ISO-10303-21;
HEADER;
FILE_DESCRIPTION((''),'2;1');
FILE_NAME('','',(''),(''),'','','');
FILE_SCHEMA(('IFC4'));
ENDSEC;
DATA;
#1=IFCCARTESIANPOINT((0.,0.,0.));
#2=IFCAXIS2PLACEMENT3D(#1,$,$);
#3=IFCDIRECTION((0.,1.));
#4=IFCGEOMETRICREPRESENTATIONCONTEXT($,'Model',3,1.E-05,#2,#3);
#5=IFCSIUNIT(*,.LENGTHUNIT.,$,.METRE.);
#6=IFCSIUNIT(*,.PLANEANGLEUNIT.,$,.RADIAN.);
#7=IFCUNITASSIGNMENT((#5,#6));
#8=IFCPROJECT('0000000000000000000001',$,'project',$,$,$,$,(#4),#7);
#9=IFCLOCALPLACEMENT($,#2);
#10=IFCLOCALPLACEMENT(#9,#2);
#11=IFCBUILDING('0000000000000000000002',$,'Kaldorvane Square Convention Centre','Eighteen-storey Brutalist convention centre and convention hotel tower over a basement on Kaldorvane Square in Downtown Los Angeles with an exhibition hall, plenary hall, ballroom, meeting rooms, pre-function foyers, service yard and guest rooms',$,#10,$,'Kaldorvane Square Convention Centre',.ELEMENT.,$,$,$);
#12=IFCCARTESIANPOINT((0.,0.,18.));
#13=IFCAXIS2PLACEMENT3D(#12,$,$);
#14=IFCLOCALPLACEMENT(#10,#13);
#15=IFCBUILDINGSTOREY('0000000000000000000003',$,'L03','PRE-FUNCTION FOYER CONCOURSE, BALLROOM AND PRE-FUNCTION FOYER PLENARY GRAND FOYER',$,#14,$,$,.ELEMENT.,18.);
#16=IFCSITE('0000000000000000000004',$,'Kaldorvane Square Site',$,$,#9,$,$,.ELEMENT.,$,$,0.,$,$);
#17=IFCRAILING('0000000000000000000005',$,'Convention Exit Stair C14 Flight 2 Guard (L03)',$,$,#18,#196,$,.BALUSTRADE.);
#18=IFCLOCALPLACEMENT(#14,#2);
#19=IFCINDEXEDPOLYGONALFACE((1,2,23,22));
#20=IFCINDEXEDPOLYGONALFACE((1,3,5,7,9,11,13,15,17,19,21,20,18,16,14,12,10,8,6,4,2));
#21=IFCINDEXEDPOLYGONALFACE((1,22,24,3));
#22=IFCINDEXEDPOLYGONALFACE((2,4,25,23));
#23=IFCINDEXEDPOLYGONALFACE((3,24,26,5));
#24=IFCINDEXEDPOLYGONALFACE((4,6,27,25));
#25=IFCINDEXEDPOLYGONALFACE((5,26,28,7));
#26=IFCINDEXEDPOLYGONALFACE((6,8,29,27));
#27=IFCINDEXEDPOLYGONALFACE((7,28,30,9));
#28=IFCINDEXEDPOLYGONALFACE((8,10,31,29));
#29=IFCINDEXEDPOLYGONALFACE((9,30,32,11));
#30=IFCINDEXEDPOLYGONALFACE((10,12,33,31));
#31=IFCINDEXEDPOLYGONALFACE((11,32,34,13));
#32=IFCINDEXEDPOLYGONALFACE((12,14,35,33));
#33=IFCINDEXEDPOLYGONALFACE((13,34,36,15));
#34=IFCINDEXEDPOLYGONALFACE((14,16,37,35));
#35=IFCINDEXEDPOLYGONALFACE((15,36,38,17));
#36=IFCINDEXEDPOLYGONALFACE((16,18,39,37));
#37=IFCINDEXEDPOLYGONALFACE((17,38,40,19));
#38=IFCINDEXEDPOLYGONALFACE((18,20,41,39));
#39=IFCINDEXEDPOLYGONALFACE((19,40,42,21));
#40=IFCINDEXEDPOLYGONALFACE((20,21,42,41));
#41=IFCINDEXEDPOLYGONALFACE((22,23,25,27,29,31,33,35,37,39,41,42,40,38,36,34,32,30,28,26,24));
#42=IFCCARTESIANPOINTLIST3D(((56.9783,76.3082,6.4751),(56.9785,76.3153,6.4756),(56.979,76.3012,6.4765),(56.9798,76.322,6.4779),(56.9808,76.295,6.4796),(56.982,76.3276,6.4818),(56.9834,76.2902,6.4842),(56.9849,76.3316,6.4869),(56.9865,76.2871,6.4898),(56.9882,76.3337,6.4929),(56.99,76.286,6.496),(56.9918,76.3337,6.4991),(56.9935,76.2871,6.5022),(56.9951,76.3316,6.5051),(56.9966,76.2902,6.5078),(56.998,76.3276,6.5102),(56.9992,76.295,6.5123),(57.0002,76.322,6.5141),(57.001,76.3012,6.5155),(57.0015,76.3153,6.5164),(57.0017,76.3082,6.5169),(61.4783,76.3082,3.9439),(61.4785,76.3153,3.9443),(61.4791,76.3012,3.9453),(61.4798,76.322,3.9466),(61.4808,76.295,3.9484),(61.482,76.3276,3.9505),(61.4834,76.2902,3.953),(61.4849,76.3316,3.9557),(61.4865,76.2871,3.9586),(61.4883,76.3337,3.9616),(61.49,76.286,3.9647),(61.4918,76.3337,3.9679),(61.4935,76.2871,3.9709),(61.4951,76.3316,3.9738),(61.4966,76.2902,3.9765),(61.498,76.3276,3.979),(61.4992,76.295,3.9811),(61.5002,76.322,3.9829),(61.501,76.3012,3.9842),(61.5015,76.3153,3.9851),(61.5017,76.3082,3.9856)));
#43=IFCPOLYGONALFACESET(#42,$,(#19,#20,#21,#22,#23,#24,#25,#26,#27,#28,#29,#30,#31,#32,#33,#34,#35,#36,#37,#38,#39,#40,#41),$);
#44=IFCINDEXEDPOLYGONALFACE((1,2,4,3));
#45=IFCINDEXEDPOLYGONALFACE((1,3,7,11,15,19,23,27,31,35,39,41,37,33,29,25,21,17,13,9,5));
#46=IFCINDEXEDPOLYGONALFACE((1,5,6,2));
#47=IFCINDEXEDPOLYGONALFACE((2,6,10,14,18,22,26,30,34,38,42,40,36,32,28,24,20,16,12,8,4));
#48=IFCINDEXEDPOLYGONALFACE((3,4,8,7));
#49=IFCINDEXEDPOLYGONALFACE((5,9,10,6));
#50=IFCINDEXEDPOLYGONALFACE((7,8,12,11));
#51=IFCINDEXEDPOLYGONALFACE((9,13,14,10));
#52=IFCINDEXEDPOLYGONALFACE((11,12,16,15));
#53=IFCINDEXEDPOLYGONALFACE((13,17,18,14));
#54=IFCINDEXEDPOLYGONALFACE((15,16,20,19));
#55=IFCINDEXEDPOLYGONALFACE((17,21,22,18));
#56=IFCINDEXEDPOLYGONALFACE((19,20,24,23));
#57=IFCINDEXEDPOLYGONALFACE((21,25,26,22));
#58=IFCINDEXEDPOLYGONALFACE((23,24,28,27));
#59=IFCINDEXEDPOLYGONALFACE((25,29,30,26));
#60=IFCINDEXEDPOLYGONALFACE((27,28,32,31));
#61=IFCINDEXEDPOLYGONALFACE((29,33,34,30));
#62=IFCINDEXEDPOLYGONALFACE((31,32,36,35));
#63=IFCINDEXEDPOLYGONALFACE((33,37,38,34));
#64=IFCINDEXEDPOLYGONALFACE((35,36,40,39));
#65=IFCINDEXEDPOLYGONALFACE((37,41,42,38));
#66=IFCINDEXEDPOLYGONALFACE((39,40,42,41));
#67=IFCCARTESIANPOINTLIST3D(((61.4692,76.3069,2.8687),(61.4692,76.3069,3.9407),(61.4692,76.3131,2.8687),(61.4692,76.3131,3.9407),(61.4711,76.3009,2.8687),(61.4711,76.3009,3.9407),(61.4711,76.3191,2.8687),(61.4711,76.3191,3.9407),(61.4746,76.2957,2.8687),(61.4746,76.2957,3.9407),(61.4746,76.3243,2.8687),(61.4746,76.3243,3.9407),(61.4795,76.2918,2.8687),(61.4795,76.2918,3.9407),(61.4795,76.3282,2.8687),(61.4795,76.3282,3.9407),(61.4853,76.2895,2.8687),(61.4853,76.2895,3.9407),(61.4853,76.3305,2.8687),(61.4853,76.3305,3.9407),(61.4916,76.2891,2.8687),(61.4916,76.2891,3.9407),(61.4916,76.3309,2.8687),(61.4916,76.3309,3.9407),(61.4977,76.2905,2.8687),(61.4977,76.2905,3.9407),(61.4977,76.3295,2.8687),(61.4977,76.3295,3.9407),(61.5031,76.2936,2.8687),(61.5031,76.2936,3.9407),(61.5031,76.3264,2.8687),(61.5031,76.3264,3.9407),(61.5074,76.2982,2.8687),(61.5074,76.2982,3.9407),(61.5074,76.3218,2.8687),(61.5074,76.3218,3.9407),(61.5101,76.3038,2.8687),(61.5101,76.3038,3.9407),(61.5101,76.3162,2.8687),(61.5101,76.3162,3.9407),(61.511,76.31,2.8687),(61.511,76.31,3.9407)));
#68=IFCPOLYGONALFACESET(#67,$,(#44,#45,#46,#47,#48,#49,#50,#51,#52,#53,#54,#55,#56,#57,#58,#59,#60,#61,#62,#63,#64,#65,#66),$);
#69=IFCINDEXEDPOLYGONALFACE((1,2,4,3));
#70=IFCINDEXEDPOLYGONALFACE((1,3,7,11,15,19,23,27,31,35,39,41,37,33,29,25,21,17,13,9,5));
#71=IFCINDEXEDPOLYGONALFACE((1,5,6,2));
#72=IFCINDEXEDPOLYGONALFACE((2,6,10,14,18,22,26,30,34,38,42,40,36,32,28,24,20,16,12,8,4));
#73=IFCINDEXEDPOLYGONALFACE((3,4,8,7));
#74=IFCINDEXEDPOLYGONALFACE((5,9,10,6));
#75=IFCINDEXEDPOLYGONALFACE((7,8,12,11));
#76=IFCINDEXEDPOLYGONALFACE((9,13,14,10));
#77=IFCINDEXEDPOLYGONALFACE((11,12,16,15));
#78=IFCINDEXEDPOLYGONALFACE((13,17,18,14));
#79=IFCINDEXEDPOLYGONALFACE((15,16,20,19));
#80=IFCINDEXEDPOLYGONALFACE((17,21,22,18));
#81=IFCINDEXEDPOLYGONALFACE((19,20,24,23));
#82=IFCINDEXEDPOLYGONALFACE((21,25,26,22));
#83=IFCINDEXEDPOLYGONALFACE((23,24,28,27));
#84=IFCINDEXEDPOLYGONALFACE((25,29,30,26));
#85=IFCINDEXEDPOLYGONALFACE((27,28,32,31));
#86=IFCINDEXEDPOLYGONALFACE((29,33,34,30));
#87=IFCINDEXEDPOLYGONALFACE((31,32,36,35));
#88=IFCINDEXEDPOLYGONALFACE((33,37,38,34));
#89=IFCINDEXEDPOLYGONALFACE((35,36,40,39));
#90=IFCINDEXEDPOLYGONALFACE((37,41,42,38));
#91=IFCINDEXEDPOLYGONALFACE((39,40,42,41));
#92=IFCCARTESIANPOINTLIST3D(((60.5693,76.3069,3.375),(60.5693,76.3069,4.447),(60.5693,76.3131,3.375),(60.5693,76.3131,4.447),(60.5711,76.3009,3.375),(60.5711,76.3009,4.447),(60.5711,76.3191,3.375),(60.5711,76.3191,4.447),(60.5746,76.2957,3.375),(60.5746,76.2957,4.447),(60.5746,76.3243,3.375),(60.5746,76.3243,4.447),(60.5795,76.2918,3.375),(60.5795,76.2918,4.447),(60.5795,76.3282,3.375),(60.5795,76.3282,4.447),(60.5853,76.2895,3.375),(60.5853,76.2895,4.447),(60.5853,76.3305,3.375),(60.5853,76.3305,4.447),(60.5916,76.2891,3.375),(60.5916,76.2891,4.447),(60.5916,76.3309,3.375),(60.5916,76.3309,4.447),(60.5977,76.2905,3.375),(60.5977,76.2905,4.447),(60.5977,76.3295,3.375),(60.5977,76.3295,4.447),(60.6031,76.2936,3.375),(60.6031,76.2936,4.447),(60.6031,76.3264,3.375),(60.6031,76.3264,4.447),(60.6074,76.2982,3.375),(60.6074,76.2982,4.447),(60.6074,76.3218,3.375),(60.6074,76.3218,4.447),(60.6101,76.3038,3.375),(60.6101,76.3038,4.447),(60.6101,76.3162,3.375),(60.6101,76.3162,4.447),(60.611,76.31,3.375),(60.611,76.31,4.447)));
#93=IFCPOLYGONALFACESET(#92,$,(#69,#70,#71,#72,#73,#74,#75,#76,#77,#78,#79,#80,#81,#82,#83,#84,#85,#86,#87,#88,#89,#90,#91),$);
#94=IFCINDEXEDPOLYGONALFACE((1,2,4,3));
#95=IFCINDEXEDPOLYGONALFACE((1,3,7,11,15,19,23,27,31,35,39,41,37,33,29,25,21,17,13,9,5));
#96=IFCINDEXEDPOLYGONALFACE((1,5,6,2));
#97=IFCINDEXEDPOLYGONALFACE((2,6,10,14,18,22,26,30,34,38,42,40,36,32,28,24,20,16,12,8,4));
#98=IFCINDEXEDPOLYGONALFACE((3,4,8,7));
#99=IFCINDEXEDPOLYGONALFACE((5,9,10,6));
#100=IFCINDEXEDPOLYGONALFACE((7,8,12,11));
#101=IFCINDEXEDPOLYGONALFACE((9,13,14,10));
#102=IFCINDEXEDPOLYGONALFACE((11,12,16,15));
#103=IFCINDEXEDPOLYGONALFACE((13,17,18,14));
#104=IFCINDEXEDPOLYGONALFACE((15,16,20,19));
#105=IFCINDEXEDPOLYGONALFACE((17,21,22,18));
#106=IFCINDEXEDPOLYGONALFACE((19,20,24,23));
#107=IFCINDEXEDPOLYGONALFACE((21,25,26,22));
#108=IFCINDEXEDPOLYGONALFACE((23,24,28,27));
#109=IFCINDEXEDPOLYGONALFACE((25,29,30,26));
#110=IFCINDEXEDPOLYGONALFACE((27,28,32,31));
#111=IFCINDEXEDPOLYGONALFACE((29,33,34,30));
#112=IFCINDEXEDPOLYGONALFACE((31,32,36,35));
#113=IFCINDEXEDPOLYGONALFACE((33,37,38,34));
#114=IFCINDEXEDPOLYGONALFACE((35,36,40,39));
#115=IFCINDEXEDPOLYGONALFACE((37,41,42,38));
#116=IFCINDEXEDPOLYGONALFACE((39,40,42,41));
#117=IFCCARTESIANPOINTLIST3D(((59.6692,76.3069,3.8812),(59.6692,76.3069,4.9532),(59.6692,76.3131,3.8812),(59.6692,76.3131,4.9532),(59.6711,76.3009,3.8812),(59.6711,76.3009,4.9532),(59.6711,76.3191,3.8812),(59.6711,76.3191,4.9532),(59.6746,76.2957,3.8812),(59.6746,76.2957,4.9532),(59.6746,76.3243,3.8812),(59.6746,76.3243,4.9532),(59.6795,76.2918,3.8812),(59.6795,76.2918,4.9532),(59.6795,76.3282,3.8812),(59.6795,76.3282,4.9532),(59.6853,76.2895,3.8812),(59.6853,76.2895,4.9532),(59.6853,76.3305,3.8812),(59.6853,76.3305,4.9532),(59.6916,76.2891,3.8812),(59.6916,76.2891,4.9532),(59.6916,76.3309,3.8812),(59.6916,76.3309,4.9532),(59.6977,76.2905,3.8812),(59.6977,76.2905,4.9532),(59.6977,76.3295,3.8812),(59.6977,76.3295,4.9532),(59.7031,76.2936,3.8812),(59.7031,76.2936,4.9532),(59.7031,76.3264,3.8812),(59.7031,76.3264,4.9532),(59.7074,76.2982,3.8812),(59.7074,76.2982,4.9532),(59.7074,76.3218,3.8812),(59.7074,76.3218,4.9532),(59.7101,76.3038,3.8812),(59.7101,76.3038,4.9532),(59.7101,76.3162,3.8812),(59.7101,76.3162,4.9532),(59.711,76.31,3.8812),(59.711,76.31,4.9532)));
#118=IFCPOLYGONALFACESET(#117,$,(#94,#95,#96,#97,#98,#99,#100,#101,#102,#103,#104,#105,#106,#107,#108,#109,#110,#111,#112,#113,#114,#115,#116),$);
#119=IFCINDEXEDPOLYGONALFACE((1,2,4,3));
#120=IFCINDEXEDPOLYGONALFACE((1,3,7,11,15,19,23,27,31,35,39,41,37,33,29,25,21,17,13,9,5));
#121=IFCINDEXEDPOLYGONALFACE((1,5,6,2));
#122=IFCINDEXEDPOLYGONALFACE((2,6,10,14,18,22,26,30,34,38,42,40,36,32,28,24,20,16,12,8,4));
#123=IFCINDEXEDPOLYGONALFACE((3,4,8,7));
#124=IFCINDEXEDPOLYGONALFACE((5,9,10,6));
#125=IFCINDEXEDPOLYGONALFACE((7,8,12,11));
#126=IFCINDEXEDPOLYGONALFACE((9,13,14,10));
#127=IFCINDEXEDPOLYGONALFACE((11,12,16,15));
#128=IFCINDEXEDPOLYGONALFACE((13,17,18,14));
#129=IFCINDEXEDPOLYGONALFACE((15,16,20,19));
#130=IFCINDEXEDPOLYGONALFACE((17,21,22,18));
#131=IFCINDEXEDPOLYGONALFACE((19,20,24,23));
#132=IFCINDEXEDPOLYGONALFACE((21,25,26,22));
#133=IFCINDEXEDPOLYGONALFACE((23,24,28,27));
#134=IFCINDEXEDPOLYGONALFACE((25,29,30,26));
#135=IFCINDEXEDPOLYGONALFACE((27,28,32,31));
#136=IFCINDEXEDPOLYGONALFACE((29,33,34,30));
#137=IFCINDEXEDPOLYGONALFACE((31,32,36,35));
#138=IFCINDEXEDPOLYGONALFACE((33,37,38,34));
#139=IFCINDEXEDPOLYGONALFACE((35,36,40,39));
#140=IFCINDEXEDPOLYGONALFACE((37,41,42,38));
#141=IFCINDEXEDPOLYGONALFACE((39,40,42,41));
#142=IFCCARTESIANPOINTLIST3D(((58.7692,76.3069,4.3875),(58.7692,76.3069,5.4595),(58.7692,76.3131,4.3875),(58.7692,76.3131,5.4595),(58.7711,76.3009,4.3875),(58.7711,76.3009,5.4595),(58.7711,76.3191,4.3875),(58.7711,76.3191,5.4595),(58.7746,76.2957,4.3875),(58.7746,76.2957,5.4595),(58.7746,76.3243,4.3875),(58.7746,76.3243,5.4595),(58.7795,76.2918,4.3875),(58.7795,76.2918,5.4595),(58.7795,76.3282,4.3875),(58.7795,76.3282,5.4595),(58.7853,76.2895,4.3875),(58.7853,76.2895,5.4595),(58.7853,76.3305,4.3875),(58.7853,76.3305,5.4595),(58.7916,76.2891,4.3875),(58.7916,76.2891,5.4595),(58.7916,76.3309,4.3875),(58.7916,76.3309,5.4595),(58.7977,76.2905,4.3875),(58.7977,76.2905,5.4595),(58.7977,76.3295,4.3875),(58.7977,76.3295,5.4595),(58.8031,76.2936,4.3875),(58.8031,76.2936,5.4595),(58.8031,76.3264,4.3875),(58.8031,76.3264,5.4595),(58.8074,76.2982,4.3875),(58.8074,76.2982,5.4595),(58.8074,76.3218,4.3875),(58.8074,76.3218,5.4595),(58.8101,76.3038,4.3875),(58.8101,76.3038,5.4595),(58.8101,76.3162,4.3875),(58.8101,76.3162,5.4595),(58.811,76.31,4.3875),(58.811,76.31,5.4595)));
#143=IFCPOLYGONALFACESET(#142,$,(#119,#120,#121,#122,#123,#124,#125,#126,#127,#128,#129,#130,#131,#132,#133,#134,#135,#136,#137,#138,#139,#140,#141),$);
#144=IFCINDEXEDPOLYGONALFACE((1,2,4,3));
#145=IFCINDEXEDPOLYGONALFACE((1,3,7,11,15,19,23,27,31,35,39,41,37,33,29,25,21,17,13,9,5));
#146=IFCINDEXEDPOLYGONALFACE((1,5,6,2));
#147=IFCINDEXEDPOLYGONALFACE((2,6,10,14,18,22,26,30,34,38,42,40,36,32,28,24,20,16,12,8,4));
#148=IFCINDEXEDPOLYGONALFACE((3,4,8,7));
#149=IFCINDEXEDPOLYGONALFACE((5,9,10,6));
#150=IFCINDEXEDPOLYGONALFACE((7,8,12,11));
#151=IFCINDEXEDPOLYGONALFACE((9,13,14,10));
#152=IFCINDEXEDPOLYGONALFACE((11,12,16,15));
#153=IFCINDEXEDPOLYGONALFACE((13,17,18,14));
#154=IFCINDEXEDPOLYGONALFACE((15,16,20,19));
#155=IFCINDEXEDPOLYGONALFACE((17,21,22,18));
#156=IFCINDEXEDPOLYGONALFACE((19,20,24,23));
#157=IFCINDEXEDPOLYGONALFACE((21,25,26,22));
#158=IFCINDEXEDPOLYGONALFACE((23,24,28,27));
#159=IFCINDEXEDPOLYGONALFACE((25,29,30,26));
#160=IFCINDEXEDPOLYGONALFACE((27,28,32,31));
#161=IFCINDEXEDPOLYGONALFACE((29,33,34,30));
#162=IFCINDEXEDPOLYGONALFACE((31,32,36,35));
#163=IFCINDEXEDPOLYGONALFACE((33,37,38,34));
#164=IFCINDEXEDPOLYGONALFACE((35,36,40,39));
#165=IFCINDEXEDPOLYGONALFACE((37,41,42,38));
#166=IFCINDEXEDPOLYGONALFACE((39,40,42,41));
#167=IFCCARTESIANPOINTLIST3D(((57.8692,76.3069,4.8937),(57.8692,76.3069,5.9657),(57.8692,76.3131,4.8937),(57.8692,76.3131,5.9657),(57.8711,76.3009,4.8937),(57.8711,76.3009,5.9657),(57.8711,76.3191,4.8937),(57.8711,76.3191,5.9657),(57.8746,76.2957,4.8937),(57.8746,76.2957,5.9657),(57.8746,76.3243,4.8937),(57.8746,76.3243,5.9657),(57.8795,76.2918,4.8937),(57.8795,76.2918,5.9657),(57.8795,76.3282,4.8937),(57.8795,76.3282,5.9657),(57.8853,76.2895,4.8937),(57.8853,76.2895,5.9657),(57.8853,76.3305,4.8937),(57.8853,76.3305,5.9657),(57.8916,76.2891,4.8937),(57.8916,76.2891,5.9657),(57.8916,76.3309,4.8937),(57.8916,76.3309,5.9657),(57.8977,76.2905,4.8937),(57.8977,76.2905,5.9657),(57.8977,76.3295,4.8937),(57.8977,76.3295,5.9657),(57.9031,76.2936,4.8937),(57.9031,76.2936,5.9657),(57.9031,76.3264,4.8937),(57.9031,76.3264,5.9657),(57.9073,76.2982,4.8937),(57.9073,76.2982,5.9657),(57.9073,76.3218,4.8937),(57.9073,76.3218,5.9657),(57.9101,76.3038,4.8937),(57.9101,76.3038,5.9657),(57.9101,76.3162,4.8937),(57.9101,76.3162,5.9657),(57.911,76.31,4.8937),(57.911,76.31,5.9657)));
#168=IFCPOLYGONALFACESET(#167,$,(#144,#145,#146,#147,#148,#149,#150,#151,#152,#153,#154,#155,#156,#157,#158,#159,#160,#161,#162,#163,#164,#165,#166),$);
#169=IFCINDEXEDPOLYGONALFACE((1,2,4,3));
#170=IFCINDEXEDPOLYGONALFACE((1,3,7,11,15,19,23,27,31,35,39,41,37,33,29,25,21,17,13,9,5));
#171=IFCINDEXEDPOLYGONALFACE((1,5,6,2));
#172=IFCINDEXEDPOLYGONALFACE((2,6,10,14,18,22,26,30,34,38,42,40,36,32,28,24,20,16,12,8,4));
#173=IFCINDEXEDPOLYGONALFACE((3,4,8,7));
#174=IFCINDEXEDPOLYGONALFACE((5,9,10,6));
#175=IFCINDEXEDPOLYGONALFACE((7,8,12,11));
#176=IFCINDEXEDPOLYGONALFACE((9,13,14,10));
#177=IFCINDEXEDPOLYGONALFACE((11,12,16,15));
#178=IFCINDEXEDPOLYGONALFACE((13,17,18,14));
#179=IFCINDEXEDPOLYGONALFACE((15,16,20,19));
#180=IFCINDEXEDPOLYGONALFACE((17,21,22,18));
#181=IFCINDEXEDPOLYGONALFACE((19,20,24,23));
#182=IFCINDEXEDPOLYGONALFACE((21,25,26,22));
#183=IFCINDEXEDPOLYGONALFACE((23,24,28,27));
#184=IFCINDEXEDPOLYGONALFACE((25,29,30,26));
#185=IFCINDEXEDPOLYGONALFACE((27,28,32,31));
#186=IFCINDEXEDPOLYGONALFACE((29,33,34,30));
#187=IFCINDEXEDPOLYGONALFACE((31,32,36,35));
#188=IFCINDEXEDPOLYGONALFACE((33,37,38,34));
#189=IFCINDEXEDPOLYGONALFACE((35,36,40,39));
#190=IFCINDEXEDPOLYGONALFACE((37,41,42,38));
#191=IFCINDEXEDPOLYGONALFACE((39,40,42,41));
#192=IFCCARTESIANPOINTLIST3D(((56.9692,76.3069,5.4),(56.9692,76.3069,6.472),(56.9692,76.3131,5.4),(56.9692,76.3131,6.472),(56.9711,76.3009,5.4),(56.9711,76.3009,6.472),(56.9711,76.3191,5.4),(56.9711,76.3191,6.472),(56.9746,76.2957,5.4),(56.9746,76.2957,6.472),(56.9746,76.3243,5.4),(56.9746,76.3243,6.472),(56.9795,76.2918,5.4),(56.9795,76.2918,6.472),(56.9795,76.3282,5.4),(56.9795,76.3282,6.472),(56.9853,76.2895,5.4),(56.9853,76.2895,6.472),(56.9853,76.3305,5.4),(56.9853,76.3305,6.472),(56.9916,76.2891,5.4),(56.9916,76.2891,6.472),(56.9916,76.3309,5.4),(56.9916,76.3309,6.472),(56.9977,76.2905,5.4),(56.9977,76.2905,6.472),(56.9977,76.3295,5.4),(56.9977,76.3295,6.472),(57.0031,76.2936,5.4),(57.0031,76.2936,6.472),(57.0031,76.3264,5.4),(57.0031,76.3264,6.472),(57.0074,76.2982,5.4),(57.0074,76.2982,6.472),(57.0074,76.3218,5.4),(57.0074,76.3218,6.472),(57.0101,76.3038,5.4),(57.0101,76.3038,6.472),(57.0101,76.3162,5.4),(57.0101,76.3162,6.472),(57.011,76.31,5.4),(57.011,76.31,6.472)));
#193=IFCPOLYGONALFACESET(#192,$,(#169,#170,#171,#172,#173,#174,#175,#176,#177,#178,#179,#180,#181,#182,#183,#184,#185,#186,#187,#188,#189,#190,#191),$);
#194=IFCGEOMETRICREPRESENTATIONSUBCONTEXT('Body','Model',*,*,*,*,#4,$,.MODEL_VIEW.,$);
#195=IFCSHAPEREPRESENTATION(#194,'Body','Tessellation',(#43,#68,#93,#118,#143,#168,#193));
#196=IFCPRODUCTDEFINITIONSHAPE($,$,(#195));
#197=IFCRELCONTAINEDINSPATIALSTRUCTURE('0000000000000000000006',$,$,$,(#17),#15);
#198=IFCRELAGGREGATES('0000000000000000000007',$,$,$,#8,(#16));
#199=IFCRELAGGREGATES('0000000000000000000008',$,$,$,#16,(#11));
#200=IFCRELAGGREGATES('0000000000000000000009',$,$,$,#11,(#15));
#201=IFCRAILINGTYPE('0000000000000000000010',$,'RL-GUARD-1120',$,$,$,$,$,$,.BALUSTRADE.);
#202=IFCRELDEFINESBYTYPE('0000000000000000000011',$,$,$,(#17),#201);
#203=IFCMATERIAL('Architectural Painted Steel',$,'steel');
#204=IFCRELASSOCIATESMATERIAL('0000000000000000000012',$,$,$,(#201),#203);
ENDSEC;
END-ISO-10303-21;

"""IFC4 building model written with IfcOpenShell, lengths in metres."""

from ifc_helpers import new_model, si_unit, direction, frame, origin, origin_2d, place, context, subcontext, project, spatial, circle, extrude, material, type_object, element, save


model = new_model("IFC4")

# Units and contexts
model_context = context("Model", 3, precision=1e-05, world=origin(), true_north=direction((0.0, 1.0)))
body_context = subcontext(model_context, "Body", "Model", "MODEL_VIEW")
ifc_project = project(units=[si_unit("LENGTHUNIT", "METRE"), si_unit("PLANEANGLEUNIT", "RADIAN")], contexts=[model_context])

# Site, building, storey
site_placement = place(None, origin())
site = spatial("IfcSite", under=ifc_project, at=site_placement, Name="Kaldorvane Square Site", CompositionType="ELEMENT", RefElevation=0.0)
building_placement = place(site_placement, origin())
building = spatial("IfcBuilding", under=site, at=building_placement, Name="Kaldorvane Square Convention Centre", Description="Eighteen-storey Brutalist convention centre and convention hotel tower over a basement on Kaldorvane Square in Downtown Los Angeles with an exhibition hall, plenary hall, ballroom, meeting rooms, pre-function foyers, service yard and guest rooms", LongName="Kaldorvane Square Convention Centre", CompositionType="ELEMENT")
storey_placement = place(building_placement, frame((0.0, 0.0, 18.0)))
storey = spatial("IfcBuildingStorey", under=building, at=storey_placement, Name="L03", Description="PRE-FUNCTION FOYER CONCOURSE, BALLROOM AND PRE-FUNCTION FOYER PLENARY GRAND FOYER", CompositionType="ELEMENT", Elevation=18.0)

# Railing
ifc_material_1 = material(Name="Architectural Painted Steel", Category="steel")
railing_type_1 = type_object("IfcRailingType", Name="RL-GUARD-1120", PredefinedType="BALUSTRADE", material=ifc_material_1)
railing_1_placement = place(storey_placement, frame((61.49, 76.31, 2.8687)))
element("IfcRailing", 1, at=railing_1_placement, inside=storey, type_object=railing_type_1, Name="Convention Exit Stair C14 Flight 2 Guard (L03)", PredefinedType="BALUSTRADE", context=body_context, shape_type="SweptSolid", body=[
    extrude(circle(Radius=0.024, at=origin_2d()), frame((0.0, 0.0, 1.096), z_axis=(-0.871576, 0.0, 0.490261), x_axis=(0.0, -1.0, 0.0)), (0.0, 0.0, 1.0), 5.1631),
    extrude(circle(Radius=0.021, at=origin_2d()), origin(), (0.0, 0.0, 1.0), 1.072),
    extrude(circle(Radius=0.021, at=origin_2d()), frame((-0.9, 0.0, 0.5063)), (0.0, 0.0, 1.0), 1.072),
    extrude(circle(Radius=0.021, at=origin_2d()), frame((-1.8, 0.0, 1.0125)), (0.0, 0.0, 1.0), 1.072),
    extrude(circle(Radius=0.021, at=origin_2d()), frame((-2.7, 0.0, 1.5188)), (0.0, 0.0, 1.0), 1.072),
    extrude(circle(Radius=0.021, at=origin_2d()), frame((-3.6, 0.0, 2.025)), (0.0, 0.0, 1.0), 1.072),
    extrude(circle(Radius=0.021, at=origin_2d()), frame((-4.5, 0.0, 2.5312)), (0.0, 0.0, 1.0), 1.072),
])

save(model, "model.ifc")
